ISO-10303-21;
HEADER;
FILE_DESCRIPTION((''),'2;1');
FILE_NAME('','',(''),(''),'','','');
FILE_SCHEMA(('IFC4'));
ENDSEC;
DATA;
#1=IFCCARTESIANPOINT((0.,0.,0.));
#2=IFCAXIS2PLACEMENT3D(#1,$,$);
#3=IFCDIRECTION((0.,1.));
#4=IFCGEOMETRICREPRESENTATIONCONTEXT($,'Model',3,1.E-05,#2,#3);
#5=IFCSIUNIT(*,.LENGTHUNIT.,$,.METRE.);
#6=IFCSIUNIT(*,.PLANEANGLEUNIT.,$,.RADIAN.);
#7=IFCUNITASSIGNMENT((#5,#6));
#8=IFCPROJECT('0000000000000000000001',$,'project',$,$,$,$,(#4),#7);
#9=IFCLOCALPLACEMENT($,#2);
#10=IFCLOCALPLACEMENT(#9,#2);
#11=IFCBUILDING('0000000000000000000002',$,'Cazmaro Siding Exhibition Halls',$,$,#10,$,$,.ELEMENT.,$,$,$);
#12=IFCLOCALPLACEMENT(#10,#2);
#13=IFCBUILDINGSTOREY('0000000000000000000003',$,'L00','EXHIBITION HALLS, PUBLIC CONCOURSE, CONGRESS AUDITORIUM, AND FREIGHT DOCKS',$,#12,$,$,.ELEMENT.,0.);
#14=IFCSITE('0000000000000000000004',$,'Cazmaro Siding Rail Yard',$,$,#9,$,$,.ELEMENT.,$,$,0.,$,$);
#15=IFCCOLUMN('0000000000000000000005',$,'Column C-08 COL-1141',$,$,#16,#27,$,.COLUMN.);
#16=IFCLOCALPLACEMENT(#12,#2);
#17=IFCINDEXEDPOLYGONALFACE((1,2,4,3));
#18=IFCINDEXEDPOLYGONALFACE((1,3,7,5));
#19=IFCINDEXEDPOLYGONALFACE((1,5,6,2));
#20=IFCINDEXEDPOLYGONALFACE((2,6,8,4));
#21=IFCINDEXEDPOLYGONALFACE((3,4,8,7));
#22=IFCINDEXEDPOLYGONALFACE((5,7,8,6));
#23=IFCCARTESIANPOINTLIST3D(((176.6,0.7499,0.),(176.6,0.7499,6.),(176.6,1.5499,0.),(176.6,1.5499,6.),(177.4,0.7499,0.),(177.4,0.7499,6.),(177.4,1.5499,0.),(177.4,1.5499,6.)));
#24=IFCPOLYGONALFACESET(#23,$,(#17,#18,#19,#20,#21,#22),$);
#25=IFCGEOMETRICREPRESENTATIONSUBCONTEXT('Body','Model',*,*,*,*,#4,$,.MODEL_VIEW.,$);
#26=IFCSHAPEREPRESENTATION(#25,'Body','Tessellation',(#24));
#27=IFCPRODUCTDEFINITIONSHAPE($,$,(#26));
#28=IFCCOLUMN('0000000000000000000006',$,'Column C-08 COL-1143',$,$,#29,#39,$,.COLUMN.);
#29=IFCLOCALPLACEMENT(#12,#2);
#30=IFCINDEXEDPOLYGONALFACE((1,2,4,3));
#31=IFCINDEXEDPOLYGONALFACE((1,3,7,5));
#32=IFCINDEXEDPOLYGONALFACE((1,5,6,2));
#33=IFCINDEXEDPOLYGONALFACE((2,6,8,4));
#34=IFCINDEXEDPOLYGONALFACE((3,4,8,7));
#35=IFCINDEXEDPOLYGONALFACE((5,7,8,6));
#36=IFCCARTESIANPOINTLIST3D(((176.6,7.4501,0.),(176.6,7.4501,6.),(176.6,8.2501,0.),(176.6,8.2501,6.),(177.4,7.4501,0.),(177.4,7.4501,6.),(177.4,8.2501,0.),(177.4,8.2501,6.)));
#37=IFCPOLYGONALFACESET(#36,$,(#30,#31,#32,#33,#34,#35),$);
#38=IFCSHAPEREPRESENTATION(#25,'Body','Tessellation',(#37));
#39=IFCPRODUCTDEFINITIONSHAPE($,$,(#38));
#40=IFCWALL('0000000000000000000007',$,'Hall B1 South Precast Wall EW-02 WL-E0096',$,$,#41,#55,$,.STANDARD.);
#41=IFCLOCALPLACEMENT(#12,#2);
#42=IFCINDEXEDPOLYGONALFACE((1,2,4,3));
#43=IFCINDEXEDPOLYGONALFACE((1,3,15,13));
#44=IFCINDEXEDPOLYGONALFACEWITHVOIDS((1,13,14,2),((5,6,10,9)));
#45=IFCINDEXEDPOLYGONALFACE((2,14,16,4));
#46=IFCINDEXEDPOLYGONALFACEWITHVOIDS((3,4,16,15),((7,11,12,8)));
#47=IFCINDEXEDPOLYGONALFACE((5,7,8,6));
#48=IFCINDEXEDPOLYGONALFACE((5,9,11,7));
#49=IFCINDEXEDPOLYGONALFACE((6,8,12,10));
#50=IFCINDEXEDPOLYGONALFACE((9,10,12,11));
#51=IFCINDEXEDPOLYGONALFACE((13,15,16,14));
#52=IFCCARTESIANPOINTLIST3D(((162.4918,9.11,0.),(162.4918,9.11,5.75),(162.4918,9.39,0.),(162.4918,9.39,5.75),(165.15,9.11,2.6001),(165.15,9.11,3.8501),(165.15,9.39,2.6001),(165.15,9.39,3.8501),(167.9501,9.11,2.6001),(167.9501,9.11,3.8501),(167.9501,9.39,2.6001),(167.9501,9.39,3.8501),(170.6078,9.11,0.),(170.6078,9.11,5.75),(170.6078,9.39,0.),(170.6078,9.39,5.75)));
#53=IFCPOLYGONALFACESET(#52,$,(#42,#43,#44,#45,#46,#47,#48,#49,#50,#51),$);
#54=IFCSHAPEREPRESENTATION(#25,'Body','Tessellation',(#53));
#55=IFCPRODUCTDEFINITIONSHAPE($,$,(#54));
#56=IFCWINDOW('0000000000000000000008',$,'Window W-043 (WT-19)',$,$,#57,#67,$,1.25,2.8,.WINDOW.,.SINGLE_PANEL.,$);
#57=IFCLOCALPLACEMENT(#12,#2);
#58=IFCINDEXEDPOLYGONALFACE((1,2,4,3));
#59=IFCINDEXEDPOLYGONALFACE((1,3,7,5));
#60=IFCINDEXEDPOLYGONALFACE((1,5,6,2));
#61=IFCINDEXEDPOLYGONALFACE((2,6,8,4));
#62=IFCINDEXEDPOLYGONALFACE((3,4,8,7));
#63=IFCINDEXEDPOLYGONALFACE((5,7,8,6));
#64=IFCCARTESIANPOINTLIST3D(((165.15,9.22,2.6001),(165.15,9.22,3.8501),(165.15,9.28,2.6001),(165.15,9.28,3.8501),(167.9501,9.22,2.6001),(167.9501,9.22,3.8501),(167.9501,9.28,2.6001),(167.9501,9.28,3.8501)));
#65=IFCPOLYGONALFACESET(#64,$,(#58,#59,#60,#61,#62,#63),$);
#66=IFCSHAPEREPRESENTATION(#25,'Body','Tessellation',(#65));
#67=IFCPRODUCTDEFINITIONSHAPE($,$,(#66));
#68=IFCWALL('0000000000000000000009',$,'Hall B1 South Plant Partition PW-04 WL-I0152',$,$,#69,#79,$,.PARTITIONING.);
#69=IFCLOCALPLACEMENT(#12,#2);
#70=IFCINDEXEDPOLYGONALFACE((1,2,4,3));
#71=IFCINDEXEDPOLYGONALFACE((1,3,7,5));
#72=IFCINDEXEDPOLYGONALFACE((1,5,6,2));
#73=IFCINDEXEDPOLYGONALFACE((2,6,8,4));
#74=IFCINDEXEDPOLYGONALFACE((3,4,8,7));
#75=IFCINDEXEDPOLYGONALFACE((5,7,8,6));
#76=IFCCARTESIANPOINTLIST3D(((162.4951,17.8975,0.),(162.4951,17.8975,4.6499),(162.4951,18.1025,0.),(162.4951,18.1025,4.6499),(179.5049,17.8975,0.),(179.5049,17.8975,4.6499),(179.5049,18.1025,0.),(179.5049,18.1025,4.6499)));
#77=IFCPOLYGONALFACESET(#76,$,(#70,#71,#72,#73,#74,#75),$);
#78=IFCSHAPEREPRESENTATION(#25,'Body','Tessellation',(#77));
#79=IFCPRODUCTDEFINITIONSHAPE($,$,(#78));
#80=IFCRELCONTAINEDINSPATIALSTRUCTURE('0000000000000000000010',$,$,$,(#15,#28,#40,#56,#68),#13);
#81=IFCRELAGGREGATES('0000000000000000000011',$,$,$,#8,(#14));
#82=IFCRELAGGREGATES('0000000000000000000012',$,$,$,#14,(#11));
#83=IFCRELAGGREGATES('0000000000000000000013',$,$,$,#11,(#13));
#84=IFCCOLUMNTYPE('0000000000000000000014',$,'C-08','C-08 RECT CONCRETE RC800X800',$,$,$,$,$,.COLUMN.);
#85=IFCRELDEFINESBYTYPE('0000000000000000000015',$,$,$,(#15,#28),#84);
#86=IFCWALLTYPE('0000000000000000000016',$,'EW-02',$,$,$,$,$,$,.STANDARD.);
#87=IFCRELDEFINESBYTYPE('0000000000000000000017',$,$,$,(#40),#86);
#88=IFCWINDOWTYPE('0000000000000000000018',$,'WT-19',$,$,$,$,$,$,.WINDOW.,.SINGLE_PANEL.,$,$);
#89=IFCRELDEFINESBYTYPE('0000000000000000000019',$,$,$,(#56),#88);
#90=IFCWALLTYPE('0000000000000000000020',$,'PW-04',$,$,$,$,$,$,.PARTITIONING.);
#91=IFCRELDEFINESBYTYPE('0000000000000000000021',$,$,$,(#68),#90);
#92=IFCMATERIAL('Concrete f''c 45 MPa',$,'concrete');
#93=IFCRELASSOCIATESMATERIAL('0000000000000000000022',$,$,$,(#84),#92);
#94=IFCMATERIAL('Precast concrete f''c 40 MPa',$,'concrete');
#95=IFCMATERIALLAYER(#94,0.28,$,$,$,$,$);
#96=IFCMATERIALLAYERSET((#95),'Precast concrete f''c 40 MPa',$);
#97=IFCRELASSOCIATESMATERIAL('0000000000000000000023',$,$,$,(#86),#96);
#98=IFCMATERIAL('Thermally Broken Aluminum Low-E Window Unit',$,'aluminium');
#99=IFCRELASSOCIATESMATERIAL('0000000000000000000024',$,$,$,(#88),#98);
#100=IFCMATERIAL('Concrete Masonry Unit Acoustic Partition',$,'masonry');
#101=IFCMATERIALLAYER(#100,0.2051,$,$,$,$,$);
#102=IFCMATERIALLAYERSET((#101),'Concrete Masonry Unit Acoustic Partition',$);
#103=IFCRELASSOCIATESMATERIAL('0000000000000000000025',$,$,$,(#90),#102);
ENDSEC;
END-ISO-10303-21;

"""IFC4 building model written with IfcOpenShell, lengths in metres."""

from ifc_helpers import new_model, si_unit, direction, frame, frame_2d, origin, origin_2d, place, context, subcontext, project, spatial, rectangle, extrude, material, layer, layer_set, material_profile, profile_set, type_object, element, fill, save


model = new_model("IFC4")

# Units and contexts
model_context = context("Model", 3, precision=1e-05, world=origin(), true_north=direction((0.0, 1.0)))
body_context = subcontext(model_context, "Body", "Model", "MODEL_VIEW")
ifc_project = project(units=[si_unit("LENGTHUNIT", "METRE"), si_unit("PLANEANGLEUNIT", "RADIAN")], contexts=[model_context])

# Site, building, storey
site_placement = place(None, origin())
site = spatial("IfcSite", under=ifc_project, at=site_placement, Name="Cazmaro Siding Rail Yard", CompositionType="ELEMENT", RefElevation=0.0)
building_placement = place(site_placement, origin())
building = spatial("IfcBuilding", under=site, at=building_placement, Name="Cazmaro Siding Exhibition Halls", CompositionType="ELEMENT")
storey_placement = place(building_placement, origin())
storey = spatial("IfcBuildingStorey", under=building, at=storey_placement, Name="L00", Description="EXHIBITION HALLS, PUBLIC CONCOURSE, CONGRESS AUDITORIUM, AND FREIGHT DOCKS", CompositionType="ELEMENT", Elevation=0.0)

# Columns
ifc_material_1 = material(Name="Concrete f'c 45 MPa", Category="concrete")
ifc_material_profile_1 = material_profile(ifc_material_1, rectangle(XDim=0.8, YDim=0.8, at=origin_2d()), Name="RC800X800")
ifc_profile_set_1 = profile_set([ifc_material_profile_1], Name="Concrete f'c 45 MPa")
column_type_1 = type_object("IfcColumnType", Name="C-08", Description="C-08 RECT CONCRETE RC800X800", PredefinedType="COLUMN", material=ifc_profile_set_1)
for number, where, z_axis, x_axis, name in (
    (1, (177.0, 1.1499, 0.0), (0.0, 0.0, 1.0), (1.0, 0.0, 0.0), "Column C-08 COL-1141"),
    (2, (177.0, 7.8501, 0.0), (0.0, 0.0, 1.0), (1.0, 0.0, 0.0), "Column C-08 COL-1143"),
):
    element("IfcColumn", number, at=place(storey_placement, frame(where, z_axis=z_axis, x_axis=x_axis)), inside=storey, type_object=column_type_1, Name=name, PredefinedType="COLUMN", context=body_context, shape_type="SweptSolid", body=[
        extrude(rectangle(XDim=0.8, YDim=0.8, at=origin_2d()), origin(), (0.0, 0.0, 1.0), 6.0),
    ])

# Wall, opening, window
ifc_material_2 = material(Name="Precast concrete f'c 40 MPa", Category="concrete")
ifc_layer_1 = layer(ifc_material_2, 0.28)
ifc_layer_set_1 = layer_set([ifc_layer_1], Name="Precast concrete f'c 40 MPa")
wall_type_1 = type_object("IfcWallType", Name="EW-02", PredefinedType="STANDARD", material=ifc_layer_set_1)
wall_1_placement = place(storey_placement, frame((170.6079, 9.25, 0.0), z_axis=(0.0, 0.0, 1.0), x_axis=(-1.0, 0.0, 0.0)))
wall_1 = element("IfcWall", 3, at=wall_1_placement, inside=storey, type_object=wall_type_1, Name="Hall B1 South Precast Wall EW-02 WL-E0096", PredefinedType="STANDARD", context=body_context, shape_type="SweptSolid", body=[
    extrude(rectangle(XDim=8.116, YDim=0.28, at=frame_2d((4.0581, 0.0))), origin(), (0.0, 0.0, 1.0), 5.75),
])
opening_1_placement = place(wall_1_placement, frame((2.658, 0.0, 2.6001)))
opening_1 = element("IfcOpeningElement", 4, at=opening_1_placement, cuts=wall_1, PredefinedType="OPENING", context=body_context, shape_type="SweptSolid", body=[
    extrude(rectangle(XDim=2.8, YDim=1.25, at=frame_2d((1.3999, 0.625))), frame((0.0, 0.1499, 0.0), z_axis=(0.0, -1.0, 0.0), x_axis=(1.0, 0.0, 0.0)), (0.0, 0.0, 1.0), 0.3),
])
ifc_material_3 = material(Name="Thermally Broken Aluminum Low-E Window Unit", Category="aluminium")
window_type = type_object("IfcWindowType", Name="WT-19", PartitioningType="SINGLE_PANEL", PredefinedType="WINDOW", material=ifc_material_3)
window_placement = place(opening_1_placement, origin())
window = element("IfcWindow", 5, at=window_placement, inside=storey, type_object=window_type, Name="Window W-043 (WT-19)", OverallHeight=1.25, OverallWidth=2.8, PartitioningType="SINGLE_PANEL", PredefinedType="WINDOW", context=body_context, shape_type="SweptSolid", body=[
    extrude(rectangle(XDim=2.8, YDim=1.25, at=frame_2d((1.3999, 0.625))), frame((0.0, 0.03, 0.0), z_axis=(0.0, -1.0, 0.0), x_axis=(1.0, 0.0, 0.0)), (0.0, 0.0, 1.0), 0.0601),
])
fill(opening_1, window)

# Wall
ifc_material_4 = material(Name="Concrete Masonry Unit Acoustic Partition", Category="masonry")
ifc_layer_2 = layer(ifc_material_4, 0.2051)
ifc_layer_set_2 = layer_set([ifc_layer_2], Name="Concrete Masonry Unit Acoustic Partition")
wall_type_2 = type_object("IfcWallType", Name="PW-04", PredefinedType="PARTITIONING", material=ifc_layer_set_2)
wall_2_placement = place(storey_placement, frame((162.4951, 18.0, 0.0), z_axis=(0.0, 0.0, 1.0), x_axis=(1.0, 0.0, 0.0)))
element("IfcWall", 6, at=wall_2_placement, inside=storey, type_object=wall_type_2, Name="Hall B1 South Plant Partition PW-04 WL-I0152", PredefinedType="PARTITIONING", context=body_context, shape_type="SweptSolid", body=[
    extrude(rectangle(XDim=17.0098, YDim=0.2051, at=frame_2d((8.5049, 0.0))), origin(), (0.0, 0.0, 1.0), 4.6499),
])

save(model, "model.ifc")
